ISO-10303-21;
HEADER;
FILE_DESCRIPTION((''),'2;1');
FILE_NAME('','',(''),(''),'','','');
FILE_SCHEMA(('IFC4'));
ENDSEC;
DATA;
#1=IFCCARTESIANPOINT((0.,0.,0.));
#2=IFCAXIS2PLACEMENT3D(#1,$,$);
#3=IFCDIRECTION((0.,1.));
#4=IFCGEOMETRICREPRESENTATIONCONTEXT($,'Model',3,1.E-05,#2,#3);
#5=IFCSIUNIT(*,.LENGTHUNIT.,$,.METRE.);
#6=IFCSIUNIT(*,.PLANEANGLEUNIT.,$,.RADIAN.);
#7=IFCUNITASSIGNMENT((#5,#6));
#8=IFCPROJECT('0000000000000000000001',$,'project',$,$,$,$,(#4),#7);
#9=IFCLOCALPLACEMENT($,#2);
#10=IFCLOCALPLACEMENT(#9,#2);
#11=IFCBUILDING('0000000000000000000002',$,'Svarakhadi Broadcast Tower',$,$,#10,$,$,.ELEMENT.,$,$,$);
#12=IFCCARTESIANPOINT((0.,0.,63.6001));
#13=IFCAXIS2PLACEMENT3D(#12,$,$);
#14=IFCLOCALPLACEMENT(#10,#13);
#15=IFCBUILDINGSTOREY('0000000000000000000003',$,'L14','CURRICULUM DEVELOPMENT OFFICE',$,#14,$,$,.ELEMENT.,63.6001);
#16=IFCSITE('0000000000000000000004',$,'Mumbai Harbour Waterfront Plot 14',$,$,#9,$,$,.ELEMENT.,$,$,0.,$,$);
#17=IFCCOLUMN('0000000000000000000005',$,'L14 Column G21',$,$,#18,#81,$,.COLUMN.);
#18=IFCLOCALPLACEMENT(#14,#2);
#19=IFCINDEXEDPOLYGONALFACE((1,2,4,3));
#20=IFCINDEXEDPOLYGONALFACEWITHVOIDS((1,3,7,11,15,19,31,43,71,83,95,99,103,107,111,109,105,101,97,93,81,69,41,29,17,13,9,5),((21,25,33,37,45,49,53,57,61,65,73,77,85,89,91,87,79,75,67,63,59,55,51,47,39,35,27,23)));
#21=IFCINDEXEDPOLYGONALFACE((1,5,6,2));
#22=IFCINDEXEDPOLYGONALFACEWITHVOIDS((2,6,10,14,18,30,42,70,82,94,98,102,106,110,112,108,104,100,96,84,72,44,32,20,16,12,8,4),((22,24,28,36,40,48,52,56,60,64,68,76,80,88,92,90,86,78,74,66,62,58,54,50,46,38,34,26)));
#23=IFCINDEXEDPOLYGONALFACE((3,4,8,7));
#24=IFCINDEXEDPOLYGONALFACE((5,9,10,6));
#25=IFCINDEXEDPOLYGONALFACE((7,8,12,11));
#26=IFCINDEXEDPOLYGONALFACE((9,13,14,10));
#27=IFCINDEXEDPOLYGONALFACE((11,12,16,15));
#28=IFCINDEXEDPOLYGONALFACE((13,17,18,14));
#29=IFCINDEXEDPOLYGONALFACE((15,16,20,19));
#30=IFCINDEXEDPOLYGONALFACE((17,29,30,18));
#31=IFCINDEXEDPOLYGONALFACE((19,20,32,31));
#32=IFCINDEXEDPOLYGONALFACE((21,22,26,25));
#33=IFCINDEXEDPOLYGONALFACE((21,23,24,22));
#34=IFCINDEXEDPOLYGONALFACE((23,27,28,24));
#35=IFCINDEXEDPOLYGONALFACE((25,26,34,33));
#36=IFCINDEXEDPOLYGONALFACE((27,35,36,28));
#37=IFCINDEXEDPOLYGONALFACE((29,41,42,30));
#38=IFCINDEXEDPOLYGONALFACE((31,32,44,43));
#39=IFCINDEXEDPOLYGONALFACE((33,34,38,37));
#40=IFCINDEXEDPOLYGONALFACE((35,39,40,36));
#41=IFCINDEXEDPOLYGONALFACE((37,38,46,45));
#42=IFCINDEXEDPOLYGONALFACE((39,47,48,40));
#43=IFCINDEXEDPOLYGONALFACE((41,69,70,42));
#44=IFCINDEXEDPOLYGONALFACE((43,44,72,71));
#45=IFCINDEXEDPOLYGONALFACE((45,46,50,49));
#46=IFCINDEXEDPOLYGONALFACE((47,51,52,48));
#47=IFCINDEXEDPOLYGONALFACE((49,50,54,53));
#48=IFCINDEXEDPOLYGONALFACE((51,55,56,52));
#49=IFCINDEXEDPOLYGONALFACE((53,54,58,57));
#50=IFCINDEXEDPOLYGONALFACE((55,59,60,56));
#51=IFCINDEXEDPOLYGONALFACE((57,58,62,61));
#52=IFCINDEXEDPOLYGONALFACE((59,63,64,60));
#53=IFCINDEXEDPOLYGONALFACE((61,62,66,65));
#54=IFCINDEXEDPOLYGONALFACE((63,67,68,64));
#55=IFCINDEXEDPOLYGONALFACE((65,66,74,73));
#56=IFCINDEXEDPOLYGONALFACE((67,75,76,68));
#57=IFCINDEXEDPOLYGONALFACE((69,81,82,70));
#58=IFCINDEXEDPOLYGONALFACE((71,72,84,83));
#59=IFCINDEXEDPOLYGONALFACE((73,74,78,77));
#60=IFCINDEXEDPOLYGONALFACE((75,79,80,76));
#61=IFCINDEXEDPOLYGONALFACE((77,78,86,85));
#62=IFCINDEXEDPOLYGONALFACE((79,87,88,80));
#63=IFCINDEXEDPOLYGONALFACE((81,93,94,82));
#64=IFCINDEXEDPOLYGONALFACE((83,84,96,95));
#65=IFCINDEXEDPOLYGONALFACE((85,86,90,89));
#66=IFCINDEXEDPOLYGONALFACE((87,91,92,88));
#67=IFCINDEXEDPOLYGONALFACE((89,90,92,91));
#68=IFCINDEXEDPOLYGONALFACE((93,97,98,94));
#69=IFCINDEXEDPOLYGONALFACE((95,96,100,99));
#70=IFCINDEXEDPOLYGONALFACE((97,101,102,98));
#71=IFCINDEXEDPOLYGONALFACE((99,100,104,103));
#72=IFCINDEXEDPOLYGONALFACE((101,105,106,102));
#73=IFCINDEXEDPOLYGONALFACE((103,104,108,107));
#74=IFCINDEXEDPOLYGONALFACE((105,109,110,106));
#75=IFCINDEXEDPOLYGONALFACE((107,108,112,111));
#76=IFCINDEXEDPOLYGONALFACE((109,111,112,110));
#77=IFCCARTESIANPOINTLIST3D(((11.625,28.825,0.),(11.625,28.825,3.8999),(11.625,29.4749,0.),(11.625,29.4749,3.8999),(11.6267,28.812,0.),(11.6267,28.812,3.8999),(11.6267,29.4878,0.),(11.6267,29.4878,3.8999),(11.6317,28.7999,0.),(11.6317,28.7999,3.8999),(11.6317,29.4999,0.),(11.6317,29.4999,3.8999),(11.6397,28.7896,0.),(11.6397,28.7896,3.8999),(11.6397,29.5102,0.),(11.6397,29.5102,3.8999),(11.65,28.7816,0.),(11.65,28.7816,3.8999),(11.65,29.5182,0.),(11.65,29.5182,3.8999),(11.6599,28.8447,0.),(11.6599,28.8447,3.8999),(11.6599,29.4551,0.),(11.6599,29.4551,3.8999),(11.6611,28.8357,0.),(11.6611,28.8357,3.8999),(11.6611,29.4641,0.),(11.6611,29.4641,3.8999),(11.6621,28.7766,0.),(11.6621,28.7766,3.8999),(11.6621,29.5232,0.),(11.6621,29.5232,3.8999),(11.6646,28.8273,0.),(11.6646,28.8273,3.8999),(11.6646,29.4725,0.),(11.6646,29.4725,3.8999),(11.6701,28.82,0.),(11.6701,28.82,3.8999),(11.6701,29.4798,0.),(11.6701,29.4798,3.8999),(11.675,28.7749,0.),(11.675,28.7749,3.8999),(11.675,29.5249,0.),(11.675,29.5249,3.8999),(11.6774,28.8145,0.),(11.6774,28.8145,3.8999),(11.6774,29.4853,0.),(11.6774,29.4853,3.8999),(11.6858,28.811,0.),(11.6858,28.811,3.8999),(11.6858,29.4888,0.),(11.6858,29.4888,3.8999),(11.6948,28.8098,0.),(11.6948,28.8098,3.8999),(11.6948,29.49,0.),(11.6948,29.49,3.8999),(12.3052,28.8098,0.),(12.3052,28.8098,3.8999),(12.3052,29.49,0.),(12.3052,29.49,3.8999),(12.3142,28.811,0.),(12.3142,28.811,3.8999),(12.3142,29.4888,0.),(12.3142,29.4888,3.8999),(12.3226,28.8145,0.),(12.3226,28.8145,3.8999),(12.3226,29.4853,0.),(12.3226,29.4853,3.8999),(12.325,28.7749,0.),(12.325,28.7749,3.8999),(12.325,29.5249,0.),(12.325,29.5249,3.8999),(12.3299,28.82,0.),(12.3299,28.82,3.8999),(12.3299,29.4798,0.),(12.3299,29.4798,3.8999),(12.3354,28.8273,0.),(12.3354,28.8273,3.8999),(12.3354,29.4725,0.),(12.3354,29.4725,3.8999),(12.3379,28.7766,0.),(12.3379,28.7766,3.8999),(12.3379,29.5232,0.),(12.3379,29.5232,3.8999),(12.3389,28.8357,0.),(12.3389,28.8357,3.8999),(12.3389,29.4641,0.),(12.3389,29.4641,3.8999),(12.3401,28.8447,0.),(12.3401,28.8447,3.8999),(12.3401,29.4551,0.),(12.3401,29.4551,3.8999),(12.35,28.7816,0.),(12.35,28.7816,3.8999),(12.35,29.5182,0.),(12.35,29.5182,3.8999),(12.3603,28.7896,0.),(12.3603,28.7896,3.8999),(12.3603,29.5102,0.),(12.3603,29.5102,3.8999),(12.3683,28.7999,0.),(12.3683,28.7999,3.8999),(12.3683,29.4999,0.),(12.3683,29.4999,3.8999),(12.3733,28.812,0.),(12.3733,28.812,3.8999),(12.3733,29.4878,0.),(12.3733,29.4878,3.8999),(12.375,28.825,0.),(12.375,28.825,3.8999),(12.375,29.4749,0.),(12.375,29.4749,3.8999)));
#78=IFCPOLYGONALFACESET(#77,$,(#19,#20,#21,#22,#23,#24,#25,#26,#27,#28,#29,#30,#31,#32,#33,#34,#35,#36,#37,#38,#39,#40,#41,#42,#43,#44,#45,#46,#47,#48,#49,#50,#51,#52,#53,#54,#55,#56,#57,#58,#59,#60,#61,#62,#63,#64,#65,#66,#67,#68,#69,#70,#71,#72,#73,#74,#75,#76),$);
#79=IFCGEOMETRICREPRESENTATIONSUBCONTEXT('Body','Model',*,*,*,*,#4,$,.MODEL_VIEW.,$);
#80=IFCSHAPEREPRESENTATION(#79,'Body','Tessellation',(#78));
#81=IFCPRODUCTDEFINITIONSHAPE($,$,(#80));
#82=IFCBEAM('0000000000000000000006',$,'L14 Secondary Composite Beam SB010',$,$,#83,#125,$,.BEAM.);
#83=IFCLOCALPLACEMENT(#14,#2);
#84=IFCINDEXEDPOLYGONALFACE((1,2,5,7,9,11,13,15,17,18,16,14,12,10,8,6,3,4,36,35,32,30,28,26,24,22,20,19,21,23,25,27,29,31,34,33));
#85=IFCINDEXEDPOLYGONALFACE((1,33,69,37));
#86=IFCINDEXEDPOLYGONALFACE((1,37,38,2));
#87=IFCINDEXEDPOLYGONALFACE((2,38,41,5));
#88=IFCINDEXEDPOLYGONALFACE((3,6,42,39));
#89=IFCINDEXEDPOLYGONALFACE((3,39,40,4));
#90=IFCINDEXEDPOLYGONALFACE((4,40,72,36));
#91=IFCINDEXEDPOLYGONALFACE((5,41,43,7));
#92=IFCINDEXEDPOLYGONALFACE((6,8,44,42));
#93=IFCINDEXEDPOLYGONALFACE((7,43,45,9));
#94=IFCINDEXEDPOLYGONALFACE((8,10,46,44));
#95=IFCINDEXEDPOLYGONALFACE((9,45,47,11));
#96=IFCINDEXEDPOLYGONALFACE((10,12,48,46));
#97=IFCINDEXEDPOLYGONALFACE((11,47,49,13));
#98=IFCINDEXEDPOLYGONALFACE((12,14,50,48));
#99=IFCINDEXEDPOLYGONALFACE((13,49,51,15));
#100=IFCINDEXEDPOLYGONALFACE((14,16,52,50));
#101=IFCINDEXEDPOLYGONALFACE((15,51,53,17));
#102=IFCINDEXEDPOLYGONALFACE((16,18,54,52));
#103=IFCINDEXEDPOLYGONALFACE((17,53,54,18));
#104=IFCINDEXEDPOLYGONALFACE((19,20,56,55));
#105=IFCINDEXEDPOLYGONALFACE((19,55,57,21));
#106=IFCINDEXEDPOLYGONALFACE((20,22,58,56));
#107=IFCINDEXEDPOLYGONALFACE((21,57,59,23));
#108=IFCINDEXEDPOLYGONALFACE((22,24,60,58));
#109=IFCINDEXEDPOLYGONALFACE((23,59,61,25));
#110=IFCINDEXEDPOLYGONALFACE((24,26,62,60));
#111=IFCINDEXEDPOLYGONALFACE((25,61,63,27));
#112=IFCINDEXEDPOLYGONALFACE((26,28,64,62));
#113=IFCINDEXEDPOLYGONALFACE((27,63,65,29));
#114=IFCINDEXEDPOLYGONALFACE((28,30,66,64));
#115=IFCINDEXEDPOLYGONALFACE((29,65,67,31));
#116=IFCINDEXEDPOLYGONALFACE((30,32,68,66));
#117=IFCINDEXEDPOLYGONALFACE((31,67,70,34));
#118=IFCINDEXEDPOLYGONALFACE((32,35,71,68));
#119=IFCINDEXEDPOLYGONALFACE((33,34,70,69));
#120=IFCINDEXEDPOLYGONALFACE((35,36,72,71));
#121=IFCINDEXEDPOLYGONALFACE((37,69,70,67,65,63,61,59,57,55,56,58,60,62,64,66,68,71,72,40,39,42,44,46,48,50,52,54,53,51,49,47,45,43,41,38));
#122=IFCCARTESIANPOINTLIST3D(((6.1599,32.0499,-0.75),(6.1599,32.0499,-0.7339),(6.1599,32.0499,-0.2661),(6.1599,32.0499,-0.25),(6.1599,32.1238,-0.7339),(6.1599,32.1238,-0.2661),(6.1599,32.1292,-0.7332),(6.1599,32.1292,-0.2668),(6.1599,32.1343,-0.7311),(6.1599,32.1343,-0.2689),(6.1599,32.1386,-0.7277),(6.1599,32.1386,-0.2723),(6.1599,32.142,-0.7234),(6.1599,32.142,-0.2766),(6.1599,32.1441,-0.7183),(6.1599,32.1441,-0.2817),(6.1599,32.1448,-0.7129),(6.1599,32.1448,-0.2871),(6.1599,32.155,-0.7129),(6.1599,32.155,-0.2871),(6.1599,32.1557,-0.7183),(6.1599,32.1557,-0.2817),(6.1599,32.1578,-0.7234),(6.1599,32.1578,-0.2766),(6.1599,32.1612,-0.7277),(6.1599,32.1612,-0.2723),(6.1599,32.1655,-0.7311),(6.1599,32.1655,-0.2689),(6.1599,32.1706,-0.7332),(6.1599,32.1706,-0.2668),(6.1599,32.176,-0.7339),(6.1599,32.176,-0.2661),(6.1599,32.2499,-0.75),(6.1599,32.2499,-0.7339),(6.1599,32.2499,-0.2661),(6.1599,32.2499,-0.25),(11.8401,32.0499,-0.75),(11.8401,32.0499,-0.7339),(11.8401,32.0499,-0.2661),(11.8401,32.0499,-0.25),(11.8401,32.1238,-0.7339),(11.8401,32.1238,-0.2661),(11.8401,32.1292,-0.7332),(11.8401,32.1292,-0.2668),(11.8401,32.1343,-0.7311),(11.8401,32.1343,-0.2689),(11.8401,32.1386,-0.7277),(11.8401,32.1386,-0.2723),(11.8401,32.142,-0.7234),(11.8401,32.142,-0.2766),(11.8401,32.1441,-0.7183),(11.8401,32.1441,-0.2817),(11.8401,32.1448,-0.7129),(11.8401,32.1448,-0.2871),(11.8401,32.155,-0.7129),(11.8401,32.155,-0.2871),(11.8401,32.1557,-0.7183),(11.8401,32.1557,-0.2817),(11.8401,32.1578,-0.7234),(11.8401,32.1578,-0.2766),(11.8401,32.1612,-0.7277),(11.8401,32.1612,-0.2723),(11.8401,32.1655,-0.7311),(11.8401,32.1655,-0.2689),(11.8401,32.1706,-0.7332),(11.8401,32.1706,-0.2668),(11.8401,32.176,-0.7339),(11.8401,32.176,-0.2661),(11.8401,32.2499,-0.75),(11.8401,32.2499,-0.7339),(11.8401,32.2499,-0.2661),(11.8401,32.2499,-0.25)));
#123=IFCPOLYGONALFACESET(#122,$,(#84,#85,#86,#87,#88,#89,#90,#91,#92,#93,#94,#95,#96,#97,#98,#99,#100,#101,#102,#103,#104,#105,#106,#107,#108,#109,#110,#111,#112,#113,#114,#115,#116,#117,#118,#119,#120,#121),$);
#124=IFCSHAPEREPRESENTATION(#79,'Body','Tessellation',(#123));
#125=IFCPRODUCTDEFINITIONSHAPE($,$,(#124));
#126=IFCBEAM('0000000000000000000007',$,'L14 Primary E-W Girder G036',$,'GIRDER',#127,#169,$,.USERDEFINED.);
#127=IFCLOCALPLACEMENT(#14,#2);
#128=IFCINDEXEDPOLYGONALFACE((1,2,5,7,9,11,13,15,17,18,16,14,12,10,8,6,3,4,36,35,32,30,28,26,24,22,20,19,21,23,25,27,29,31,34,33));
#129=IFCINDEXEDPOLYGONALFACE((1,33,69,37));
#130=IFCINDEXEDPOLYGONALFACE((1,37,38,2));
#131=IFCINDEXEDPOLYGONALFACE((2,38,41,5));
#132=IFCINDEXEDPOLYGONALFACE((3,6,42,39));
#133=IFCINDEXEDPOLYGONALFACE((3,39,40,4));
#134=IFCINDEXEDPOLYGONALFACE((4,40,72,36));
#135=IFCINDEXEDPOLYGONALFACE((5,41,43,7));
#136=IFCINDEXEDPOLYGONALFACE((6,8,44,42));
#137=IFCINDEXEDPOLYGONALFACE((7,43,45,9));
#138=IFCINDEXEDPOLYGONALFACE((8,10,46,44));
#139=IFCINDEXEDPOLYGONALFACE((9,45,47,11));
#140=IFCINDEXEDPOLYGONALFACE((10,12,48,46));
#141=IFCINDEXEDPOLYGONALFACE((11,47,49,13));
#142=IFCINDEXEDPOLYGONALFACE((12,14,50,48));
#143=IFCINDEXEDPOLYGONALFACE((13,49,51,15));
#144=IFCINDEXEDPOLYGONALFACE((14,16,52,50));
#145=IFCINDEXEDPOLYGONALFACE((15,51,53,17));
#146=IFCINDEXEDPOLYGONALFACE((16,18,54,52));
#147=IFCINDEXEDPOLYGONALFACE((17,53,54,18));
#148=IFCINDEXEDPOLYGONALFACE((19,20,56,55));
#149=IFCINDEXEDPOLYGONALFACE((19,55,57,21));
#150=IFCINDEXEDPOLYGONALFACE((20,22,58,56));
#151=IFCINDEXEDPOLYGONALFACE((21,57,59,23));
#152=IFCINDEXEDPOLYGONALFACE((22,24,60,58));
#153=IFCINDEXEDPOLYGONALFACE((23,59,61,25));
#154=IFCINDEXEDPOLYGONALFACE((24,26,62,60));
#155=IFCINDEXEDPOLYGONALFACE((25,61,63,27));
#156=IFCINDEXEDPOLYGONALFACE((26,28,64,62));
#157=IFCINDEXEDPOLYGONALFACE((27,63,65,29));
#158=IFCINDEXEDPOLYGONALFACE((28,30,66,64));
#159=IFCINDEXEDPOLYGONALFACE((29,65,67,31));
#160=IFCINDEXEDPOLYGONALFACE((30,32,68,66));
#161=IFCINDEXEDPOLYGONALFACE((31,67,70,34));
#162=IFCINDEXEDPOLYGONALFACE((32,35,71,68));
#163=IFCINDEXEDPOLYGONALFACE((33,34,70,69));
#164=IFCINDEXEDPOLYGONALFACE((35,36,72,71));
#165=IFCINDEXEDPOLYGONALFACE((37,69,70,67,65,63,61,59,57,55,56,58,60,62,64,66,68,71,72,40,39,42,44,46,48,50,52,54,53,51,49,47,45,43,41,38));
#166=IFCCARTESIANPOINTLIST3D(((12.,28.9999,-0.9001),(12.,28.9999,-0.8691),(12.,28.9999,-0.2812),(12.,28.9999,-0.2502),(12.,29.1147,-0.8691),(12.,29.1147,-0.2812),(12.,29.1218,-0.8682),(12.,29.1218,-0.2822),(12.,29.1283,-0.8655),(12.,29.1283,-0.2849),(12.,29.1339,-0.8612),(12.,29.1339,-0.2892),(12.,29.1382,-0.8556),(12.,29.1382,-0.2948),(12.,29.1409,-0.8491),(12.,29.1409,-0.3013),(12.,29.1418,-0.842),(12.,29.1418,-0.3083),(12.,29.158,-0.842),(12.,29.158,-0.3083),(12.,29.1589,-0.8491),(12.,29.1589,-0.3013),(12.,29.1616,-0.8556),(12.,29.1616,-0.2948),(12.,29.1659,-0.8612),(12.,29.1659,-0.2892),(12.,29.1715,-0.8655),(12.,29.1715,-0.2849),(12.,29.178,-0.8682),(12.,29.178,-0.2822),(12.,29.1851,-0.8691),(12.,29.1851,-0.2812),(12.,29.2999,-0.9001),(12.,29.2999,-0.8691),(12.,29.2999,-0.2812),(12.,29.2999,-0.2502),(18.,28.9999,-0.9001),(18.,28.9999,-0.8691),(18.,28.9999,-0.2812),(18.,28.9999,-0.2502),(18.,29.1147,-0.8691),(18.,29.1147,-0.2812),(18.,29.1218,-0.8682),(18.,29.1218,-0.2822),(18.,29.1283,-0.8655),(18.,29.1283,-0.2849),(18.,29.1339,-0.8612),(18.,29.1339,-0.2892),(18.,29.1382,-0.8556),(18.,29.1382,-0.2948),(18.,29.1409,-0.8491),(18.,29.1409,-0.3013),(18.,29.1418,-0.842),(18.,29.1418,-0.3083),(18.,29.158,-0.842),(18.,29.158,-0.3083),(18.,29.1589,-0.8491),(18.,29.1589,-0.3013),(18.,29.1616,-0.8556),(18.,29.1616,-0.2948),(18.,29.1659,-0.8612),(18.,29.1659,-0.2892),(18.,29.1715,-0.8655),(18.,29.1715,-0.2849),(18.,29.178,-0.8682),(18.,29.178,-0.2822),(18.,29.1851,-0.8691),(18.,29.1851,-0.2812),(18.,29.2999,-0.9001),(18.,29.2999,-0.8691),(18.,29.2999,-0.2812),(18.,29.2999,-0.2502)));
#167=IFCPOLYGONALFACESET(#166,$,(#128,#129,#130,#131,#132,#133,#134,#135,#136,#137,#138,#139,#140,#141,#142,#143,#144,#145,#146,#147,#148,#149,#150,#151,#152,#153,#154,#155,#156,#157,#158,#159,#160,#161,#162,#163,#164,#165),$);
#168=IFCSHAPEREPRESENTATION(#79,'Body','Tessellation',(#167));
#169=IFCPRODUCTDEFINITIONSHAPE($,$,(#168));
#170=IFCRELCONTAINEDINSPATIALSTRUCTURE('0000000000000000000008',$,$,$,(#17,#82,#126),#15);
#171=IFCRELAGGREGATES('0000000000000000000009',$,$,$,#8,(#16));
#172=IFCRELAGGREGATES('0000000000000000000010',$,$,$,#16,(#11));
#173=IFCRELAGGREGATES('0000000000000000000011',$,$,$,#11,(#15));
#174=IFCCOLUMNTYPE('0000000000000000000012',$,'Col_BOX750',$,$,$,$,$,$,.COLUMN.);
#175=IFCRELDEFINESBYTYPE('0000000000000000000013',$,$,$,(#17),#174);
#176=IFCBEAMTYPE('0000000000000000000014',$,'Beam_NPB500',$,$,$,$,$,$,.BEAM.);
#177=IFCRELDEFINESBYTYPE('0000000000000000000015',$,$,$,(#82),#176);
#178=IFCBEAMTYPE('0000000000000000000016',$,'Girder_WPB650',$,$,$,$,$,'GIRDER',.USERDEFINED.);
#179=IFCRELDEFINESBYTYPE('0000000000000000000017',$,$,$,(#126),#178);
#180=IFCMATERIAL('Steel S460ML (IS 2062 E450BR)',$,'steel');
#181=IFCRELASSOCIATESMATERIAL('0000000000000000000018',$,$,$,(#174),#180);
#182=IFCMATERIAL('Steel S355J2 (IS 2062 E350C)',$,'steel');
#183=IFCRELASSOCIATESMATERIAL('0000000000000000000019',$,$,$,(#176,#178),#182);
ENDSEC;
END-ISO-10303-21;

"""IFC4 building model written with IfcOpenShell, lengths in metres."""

from ifc_helpers import new_model, si_unit, direction, frame, origin, origin_2d, place, context, subcontext, project, spatial, hollow_rectangle, i_section, extrude, material, material_profile, profile_set, type_object, element, save


model = new_model("IFC4")

# Units and contexts
model_context = context("Model", 3, precision=1e-05, world=origin(), true_north=direction((0.0, 1.0)))
body_context = subcontext(model_context, "Body", "Model", "MODEL_VIEW")
ifc_project = project(units=[si_unit("LENGTHUNIT", "METRE"), si_unit("PLANEANGLEUNIT", "RADIAN")], contexts=[model_context])

# Site, building, storey
site_placement = place(None, origin())
site = spatial("IfcSite", under=ifc_project, at=site_placement, Name="Mumbai Harbour Waterfront Plot 14", CompositionType="ELEMENT", RefElevation=0.0)
building_placement = place(site_placement, origin())
building = spatial("IfcBuilding", under=site, at=building_placement, Name="Svarakhadi Broadcast Tower", CompositionType="ELEMENT")
storey_placement = place(building_placement, frame((0.0, 0.0, 63.6001)))
storey = spatial("IfcBuildingStorey", under=building, at=storey_placement, Name="L14", Description="CURRICULUM DEVELOPMENT OFFICE", CompositionType="ELEMENT", Elevation=63.6001)

# Column
ifc_material_1 = material(Name="Steel S460ML (IS 2062 E450BR)", Category="steel")
ifc_material_profile_1 = material_profile(ifc_material_1, hollow_rectangle(XDim=0.75, YDim=0.75, WallThickness=0.0349, InnerFilletRadius=0.0349, OuterFilletRadius=0.05, at=origin_2d()), Name="BOX 750x750x35")
ifc_profile_set_1 = profile_set([ifc_material_profile_1], Name="Steel S460ML (IS 2062 E450BR)")
column_type = type_object("IfcColumnType", Name="Col_BOX750", PredefinedType="COLUMN", material=ifc_profile_set_1)
column_placement = place(storey_placement, frame((12.0, 29.1499, 0.0), z_axis=(0.0, 0.0, 1.0), x_axis=(1.0, 0.0, 0.0)))
element("IfcColumn", 1, at=column_placement, inside=storey, type_object=column_type, Name="L14 Column G21", PredefinedType="COLUMN", context=body_context, shape_type="SweptSolid", body=[
    extrude(hollow_rectangle(XDim=0.75, YDim=0.75, WallThickness=0.0349, InnerFilletRadius=0.0349, OuterFilletRadius=0.05, at=origin_2d()), origin(), (0.0, 0.0, 1.0), 3.8999),
])

# Beams
ifc_material_2 = material(Name="Steel S355J2 (IS 2062 E350C)", Category="steel")
ifc_material_profile_2 = material_profile(ifc_material_2, i_section(OverallWidth=0.2, OverallDepth=0.5, WebThickness=0.0103, FlangeThickness=0.0161, FilletRadius=0.021, at=origin_2d()), Name="NPB 500x200x91")
ifc_profile_set_2 = profile_set([ifc_material_profile_2], Name="Steel S355J2 (IS 2062 E350C)")
beam_type_1 = type_object("IfcBeamType", Name="Beam_NPB500", PredefinedType="BEAM", material=ifc_profile_set_2)
beam_placement = place(storey_placement, frame((6.1599, 32.1499, -0.5), z_axis=(1.0, 0.0, 0.0), x_axis=(0.0, 1.0, 0.0)))
element("IfcBeam", 2, at=beam_placement, inside=storey, type_object=beam_type_1, Name="L14 Secondary Composite Beam SB010", PredefinedType="BEAM", context=body_context, shape_type="SweptSolid", body=[
    extrude(i_section(OverallWidth=0.2, OverallDepth=0.5, WebThickness=0.0103, FlangeThickness=0.0161, FilletRadius=0.021, at=origin_2d()), origin(), (0.0, 0.0, 1.0), 5.6802),
])
ifc_material_profile_3 = material_profile(ifc_material_2, i_section(OverallWidth=0.3, OverallDepth=0.6499, WebThickness=0.0161, FlangeThickness=0.031, FilletRadius=0.0271, at=origin_2d()), Name="WPB 650x300x225")
ifc_profile_set_3 = profile_set([ifc_material_profile_3], Name="Steel S355J2 (IS 2062 E350C)")
beam_type_2 = type_object("IfcBeamType", Name="Girder_WPB650", ElementType="GIRDER", PredefinedType="USERDEFINED", material=ifc_profile_set_3)
for number, where, z_axis, x_axis, name in (
    (3, (12.0, 29.1499, -0.5752), (1.0, 0.0, 0.0), (0.0, 1.0, 0.0), "L14 Primary E-W Girder G036"),
):
    element("IfcBeam", number, at=place(storey_placement, frame(where, z_axis=z_axis, x_axis=x_axis)), inside=storey, type_object=beam_type_2, Name=name, ObjectType="GIRDER", PredefinedType="USERDEFINED", context=body_context, shape_type="SweptSolid", body=[
        extrude(i_section(OverallWidth=0.3, OverallDepth=0.6499, WebThickness=0.0161, FlangeThickness=0.031, FilletRadius=0.0271, at=origin_2d()), origin(), (0.0, 0.0, 1.0), 6.0),
    ])

save(model, "model.ifc")
